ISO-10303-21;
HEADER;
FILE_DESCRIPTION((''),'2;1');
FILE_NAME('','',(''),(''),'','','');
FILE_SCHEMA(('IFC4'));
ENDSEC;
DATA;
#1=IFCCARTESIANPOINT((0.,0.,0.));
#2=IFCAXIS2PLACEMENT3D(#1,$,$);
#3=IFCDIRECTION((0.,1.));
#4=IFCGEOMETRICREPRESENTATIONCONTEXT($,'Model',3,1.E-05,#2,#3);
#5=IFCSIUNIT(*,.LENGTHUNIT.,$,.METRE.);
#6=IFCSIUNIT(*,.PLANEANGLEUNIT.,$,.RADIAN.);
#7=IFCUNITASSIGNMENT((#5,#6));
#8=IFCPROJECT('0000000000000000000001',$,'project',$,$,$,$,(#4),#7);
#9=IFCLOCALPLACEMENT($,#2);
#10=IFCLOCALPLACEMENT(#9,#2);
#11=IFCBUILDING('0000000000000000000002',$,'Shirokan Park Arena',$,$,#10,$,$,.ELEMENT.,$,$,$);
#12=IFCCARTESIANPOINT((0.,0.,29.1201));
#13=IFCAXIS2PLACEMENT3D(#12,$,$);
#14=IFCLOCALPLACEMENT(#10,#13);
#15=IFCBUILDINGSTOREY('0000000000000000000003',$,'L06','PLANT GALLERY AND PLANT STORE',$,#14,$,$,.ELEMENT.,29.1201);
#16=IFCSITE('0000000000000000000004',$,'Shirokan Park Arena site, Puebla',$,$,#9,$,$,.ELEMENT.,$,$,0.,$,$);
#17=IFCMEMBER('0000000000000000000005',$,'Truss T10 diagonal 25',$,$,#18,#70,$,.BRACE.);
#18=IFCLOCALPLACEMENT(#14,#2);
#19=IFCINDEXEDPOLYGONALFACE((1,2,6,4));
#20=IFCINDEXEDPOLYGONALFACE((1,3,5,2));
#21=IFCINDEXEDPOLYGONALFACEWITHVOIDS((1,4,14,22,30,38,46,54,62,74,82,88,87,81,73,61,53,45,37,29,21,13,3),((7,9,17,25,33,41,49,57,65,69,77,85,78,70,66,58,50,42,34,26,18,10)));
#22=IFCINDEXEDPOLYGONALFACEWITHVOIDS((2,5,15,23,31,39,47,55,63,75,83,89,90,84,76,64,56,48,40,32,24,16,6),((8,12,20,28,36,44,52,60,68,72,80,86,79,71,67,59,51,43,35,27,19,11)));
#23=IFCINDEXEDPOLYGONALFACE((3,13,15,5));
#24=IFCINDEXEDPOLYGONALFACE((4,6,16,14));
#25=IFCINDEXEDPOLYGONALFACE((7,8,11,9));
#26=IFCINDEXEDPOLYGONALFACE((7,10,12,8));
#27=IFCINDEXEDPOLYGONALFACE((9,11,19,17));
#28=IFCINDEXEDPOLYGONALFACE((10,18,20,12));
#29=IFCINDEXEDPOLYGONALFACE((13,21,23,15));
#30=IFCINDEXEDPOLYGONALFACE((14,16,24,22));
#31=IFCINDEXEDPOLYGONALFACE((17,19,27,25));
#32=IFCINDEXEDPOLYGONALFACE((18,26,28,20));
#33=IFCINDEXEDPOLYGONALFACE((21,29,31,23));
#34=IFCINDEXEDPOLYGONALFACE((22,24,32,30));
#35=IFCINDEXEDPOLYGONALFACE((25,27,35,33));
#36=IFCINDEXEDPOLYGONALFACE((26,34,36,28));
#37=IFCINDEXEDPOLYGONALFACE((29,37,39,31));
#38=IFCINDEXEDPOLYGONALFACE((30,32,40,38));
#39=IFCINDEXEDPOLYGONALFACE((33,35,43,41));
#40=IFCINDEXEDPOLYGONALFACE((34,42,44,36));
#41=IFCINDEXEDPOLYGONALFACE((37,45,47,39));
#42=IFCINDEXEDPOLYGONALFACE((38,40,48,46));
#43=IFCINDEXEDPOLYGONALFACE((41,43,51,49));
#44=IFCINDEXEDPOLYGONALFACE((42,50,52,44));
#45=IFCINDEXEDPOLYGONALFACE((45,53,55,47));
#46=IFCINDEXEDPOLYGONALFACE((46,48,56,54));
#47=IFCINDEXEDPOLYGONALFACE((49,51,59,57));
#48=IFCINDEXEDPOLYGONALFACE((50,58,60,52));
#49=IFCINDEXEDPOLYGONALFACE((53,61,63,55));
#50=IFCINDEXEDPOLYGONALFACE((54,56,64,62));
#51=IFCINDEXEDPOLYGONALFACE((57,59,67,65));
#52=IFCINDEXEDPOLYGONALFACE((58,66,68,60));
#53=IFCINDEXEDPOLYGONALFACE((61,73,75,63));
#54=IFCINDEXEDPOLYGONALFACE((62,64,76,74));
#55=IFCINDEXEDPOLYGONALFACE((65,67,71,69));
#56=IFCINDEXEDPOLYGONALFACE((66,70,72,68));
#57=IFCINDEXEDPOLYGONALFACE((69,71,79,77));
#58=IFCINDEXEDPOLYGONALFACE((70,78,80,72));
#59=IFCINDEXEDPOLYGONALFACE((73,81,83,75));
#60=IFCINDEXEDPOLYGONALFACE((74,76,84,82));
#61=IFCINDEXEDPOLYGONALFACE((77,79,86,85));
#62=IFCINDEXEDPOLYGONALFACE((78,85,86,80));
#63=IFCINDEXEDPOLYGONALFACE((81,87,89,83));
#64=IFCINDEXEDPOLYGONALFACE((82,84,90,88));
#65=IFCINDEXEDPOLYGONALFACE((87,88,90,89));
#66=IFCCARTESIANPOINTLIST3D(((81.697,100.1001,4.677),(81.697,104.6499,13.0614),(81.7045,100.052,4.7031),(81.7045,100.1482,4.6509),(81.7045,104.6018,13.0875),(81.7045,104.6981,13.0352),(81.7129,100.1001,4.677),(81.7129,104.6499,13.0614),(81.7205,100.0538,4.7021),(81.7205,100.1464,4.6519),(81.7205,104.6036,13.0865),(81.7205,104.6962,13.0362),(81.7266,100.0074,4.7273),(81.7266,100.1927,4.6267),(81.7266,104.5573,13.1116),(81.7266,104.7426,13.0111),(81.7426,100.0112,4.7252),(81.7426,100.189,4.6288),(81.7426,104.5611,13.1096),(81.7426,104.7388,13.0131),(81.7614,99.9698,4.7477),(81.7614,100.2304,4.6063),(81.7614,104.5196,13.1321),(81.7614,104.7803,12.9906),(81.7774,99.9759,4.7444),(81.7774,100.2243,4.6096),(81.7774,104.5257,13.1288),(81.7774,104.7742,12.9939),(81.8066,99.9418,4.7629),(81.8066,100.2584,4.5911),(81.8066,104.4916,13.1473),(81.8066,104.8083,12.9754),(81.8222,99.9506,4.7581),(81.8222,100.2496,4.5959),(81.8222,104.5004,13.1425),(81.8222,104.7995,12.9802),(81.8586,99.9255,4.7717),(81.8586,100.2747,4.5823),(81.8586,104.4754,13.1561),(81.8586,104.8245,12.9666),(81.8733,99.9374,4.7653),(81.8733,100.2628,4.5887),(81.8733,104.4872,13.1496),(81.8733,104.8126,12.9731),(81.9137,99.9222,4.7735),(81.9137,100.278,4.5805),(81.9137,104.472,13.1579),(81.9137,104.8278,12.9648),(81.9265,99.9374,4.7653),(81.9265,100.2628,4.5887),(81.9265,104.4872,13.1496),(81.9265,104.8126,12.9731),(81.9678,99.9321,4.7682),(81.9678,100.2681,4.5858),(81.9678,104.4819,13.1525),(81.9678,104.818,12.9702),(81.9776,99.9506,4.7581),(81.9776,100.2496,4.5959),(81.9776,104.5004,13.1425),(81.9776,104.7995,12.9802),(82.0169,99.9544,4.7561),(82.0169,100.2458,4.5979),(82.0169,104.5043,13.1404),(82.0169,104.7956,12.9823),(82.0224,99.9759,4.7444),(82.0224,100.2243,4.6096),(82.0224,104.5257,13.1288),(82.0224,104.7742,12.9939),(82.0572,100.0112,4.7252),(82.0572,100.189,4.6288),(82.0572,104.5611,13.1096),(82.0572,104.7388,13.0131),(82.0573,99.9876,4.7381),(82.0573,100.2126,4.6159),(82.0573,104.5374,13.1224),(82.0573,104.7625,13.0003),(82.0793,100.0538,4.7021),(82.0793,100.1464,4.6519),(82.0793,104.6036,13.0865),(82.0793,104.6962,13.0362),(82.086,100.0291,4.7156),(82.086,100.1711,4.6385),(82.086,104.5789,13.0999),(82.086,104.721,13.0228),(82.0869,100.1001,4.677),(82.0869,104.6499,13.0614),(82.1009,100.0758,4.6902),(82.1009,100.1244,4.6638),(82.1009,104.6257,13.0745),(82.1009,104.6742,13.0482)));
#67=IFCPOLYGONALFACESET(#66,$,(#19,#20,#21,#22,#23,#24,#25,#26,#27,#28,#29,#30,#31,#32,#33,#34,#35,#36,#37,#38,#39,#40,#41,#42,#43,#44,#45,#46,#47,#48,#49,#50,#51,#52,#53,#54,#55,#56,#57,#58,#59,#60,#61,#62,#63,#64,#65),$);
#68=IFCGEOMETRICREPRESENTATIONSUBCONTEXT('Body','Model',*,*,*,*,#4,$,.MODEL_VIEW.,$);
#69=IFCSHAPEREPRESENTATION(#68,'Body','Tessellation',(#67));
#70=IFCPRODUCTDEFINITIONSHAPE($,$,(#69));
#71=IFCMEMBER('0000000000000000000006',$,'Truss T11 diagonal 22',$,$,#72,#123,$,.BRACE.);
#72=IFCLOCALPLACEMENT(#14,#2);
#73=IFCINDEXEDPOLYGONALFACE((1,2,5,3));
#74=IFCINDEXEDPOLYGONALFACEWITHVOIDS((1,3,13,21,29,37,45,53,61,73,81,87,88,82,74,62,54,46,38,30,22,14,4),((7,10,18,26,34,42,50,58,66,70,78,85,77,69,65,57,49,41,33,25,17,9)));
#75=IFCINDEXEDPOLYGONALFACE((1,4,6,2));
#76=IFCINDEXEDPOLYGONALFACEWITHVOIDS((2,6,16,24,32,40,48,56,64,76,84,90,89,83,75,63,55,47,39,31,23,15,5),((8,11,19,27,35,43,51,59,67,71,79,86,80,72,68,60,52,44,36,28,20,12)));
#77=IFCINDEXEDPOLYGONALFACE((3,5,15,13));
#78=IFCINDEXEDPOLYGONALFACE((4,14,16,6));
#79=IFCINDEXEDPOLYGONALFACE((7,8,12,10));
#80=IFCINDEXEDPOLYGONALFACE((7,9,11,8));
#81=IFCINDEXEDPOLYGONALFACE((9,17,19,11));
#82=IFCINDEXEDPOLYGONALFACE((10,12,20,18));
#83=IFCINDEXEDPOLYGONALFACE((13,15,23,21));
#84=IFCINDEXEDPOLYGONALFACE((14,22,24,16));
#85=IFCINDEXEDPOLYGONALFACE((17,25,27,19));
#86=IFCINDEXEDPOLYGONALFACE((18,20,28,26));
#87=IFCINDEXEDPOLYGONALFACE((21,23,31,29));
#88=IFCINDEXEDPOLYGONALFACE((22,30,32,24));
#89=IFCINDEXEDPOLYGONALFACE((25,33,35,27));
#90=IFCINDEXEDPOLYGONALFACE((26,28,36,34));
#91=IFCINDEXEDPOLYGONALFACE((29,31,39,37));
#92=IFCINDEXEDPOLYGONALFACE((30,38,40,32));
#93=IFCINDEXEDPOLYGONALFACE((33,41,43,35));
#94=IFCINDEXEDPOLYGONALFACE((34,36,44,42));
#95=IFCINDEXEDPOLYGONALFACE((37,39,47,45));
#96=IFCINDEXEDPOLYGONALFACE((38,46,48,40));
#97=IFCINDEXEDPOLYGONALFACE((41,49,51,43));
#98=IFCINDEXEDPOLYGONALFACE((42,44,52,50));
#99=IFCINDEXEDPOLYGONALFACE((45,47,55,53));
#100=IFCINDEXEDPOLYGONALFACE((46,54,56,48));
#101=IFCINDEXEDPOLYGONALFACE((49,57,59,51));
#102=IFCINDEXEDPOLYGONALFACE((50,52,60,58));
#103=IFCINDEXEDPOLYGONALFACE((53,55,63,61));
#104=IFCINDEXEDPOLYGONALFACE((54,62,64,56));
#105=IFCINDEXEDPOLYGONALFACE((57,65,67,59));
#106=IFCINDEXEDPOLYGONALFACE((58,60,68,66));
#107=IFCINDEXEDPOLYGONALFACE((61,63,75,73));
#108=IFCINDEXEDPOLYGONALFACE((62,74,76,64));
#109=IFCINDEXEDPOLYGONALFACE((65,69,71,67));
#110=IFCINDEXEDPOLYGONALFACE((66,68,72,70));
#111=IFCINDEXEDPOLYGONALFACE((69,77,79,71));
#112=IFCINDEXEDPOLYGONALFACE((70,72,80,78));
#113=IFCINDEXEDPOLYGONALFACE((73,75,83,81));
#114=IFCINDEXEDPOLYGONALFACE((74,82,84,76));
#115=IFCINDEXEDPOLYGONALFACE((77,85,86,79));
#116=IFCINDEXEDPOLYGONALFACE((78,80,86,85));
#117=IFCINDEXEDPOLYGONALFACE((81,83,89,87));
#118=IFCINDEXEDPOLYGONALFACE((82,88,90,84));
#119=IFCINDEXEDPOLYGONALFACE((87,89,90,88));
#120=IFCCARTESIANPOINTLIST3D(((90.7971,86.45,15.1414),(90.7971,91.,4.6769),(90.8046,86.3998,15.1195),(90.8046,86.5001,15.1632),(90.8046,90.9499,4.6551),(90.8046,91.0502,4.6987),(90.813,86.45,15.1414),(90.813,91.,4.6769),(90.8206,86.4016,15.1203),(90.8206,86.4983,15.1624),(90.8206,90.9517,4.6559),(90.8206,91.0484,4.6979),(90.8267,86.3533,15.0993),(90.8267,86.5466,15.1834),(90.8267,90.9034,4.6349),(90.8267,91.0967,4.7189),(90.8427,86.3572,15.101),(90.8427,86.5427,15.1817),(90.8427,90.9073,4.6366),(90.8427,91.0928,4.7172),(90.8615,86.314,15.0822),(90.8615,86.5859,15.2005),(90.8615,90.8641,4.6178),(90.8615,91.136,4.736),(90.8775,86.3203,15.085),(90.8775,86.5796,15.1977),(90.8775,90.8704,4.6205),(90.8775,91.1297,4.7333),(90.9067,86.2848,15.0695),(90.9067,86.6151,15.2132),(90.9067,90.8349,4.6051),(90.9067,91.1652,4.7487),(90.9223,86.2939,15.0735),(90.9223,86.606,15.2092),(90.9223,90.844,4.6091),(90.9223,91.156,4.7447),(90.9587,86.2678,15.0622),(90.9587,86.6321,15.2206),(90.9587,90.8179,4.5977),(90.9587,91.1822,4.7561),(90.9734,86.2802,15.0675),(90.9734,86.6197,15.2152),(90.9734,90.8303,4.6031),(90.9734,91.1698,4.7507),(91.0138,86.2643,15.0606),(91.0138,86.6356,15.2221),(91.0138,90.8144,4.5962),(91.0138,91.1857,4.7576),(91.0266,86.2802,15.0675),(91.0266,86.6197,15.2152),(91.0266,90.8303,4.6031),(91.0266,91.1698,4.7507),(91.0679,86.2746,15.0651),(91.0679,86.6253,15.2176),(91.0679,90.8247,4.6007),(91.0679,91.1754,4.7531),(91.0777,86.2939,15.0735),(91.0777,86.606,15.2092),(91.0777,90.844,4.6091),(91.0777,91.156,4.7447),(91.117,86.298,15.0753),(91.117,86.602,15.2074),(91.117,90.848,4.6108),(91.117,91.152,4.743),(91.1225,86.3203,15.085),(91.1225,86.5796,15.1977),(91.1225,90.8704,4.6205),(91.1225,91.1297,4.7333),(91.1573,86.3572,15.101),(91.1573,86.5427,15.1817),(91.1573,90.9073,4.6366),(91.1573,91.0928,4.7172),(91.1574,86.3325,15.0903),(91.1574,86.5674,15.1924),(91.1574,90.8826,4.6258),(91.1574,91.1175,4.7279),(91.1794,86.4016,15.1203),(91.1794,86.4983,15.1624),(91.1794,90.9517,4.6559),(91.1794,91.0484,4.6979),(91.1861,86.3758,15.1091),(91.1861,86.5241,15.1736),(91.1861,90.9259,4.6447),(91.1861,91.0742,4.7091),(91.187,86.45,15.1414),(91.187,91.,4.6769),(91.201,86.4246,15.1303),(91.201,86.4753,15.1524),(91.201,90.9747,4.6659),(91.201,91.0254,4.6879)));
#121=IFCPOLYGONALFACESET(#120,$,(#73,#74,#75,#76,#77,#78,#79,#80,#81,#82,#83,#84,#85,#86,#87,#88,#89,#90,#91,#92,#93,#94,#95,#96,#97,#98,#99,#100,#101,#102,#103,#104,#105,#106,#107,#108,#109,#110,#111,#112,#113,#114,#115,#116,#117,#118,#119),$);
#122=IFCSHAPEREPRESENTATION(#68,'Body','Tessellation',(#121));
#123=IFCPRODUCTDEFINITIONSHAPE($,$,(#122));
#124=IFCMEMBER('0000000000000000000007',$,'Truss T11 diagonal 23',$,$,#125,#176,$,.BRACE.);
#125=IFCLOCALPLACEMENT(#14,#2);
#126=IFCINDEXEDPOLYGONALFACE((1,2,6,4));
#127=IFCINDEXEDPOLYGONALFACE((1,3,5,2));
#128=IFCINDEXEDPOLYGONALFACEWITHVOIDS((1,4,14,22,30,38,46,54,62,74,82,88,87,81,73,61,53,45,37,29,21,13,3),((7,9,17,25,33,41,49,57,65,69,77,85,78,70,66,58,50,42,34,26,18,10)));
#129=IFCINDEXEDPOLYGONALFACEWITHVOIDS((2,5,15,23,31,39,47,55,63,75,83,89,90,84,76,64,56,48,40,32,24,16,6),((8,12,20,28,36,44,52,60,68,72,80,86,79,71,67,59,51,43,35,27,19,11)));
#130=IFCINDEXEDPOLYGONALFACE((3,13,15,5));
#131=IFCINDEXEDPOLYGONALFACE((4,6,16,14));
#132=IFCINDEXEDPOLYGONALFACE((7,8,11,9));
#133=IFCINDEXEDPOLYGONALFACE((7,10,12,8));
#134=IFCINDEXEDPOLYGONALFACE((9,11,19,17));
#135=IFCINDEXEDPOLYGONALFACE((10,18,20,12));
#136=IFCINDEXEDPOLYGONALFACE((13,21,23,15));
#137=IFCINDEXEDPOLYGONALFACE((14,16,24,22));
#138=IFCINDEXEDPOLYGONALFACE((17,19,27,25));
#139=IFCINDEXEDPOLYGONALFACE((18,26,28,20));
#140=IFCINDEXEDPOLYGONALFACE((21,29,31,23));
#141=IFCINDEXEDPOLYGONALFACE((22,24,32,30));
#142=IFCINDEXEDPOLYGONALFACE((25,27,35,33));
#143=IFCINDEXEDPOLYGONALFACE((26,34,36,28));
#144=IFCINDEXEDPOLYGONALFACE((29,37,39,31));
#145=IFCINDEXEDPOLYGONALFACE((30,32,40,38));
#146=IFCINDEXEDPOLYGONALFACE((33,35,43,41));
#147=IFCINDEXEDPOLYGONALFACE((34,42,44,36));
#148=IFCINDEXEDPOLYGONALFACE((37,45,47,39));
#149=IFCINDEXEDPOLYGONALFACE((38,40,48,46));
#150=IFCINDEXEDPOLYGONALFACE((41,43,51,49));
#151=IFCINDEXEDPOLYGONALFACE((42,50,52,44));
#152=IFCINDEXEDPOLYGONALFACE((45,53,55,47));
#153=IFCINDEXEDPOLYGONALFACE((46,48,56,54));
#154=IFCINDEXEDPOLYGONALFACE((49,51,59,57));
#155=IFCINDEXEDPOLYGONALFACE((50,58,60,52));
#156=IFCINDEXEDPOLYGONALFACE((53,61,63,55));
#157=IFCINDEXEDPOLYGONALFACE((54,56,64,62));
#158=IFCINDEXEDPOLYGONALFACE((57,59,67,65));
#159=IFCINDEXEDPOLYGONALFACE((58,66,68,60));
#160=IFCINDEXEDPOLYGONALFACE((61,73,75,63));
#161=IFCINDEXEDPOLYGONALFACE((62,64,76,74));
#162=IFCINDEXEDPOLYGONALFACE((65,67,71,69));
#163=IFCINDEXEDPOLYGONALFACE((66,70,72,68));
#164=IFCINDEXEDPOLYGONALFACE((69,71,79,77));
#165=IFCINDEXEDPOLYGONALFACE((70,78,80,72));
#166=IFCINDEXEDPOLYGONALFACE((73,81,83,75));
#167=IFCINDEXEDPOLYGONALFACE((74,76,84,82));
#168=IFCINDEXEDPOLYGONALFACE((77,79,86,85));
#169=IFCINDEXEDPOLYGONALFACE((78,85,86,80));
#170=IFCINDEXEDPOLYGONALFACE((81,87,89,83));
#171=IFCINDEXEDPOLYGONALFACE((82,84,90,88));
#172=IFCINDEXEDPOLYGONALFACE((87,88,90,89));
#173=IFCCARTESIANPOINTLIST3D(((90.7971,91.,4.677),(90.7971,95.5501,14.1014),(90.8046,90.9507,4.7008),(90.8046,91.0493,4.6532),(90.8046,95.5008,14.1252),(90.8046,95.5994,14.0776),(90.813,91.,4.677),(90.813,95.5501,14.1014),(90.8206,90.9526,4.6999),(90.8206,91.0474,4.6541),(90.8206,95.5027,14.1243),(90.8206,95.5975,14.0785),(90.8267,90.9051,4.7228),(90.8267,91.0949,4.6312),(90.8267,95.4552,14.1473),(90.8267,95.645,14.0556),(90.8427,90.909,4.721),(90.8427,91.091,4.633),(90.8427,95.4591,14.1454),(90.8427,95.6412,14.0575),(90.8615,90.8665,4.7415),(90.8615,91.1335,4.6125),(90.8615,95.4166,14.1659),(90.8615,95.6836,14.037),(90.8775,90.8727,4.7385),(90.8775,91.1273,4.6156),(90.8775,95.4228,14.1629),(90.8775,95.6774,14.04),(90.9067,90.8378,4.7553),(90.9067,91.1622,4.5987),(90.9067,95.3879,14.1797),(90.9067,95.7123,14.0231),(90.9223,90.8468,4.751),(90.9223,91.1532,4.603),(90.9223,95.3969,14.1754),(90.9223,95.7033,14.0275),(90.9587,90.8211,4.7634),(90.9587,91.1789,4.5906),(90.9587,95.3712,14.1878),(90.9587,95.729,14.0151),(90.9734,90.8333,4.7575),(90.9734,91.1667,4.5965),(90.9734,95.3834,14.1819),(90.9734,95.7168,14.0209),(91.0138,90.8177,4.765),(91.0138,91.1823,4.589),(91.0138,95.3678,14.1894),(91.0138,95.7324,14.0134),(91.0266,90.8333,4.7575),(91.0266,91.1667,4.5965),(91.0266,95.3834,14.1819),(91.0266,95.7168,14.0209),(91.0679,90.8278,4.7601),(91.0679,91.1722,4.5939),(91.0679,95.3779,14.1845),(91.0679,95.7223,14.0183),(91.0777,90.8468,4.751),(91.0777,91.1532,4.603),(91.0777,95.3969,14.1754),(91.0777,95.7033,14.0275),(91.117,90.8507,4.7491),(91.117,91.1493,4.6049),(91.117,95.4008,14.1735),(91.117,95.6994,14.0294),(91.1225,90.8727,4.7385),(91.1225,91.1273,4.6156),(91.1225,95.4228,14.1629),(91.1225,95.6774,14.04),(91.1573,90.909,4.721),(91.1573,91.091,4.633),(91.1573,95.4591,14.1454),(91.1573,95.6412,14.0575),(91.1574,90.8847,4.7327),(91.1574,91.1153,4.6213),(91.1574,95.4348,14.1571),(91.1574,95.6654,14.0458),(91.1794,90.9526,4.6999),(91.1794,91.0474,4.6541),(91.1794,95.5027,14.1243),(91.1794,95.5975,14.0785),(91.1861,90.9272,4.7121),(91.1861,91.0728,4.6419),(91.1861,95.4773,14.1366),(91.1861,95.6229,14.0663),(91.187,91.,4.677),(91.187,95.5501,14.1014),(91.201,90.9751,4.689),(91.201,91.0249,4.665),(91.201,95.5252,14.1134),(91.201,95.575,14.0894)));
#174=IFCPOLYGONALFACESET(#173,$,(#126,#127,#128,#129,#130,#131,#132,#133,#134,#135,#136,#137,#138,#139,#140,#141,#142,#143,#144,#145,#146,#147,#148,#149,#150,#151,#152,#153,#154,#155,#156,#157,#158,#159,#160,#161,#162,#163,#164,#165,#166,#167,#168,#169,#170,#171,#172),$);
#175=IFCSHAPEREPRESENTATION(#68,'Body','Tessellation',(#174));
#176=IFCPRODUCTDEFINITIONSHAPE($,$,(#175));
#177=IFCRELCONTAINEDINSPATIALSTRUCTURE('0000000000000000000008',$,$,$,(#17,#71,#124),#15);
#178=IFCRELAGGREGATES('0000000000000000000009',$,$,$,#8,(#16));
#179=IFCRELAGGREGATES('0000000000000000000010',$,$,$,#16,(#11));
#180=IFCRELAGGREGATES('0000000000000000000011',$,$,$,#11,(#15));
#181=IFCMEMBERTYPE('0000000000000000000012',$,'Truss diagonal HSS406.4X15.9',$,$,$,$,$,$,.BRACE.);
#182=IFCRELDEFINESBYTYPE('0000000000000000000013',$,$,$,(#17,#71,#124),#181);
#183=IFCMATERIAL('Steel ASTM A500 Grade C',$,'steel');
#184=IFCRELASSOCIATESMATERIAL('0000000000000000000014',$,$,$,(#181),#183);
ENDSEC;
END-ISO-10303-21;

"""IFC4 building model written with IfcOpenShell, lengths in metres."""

from ifc_helpers import new_model, si_unit, direction, frame, origin, origin_2d, place, context, subcontext, project, spatial, hollow_circle, extrude, material, material_profile, profile_set, type_object, element, save


model = new_model("IFC4")

# Units and contexts
model_context = context("Model", 3, precision=1e-05, world=origin(), true_north=direction((0.0, 1.0)))
body_context = subcontext(model_context, "Body", "Model", "MODEL_VIEW")
ifc_project = project(units=[si_unit("LENGTHUNIT", "METRE"), si_unit("PLANEANGLEUNIT", "RADIAN")], contexts=[model_context])

# Site, building, storey
site_placement = place(None, origin())
site = spatial("IfcSite", under=ifc_project, at=site_placement, Name="Shirokan Park Arena site, Puebla", CompositionType="ELEMENT", RefElevation=0.0)
building_placement = place(site_placement, origin())
building = spatial("IfcBuilding", under=site, at=building_placement, Name="Shirokan Park Arena", CompositionType="ELEMENT")
storey_placement = place(building_placement, frame((0.0, 0.0, 29.1201)))
storey = spatial("IfcBuildingStorey", under=building, at=storey_placement, Name="L06", Description="PLANT GALLERY AND PLANT STORE", CompositionType="ELEMENT", Elevation=29.1201)

# Shared definitions
ifc_material_1 = material(Name="Steel ASTM A500 Grade C", Category="steel")

# Members
ifc_material_profile_1 = material_profile(ifc_material_1, hollow_circle(Radius=0.2029, WallThickness=0.0159, at=origin_2d()), Name="HSS406.4X15.9")
ifc_profile_set_1 = profile_set([ifc_material_profile_1], Name="Steel ASTM A500 Grade C")
member_type_1 = type_object("IfcMemberType", Name="Truss diagonal HSS406.4X15.9", PredefinedType="BRACE", material=ifc_profile_set_1)
member_1_placement = place(storey_placement, frame((81.8999, 100.1001, 4.677), z_axis=(0.0, 0.476957, 0.878926), x_axis=(-1.0, 0.0, 0.0)))
element("IfcMember", 1, at=member_1_placement, inside=storey, type_object=member_type_1, Name="Truss T10 diagonal 25", PredefinedType="BRACE", context=body_context, shape_type="SweptSolid", body=[
    extrude(hollow_circle(Radius=0.2029, WallThickness=0.0159, at=origin_2d()), origin(), (0.0, 0.0, 1.0), 9.5393),
])
member_2_placement = place(storey_placement, frame((91.0, 86.45, 15.1414), z_axis=(0.0, 0.39875, -0.91706), x_axis=(-1.0, 0.0, 0.0)))
element("IfcMember", 2, at=member_2_placement, inside=storey, type_object=member_type_1, Name="Truss T11 diagonal 22", PredefinedType="BRACE", context=body_context, shape_type="SweptSolid", body=[
    extrude(hollow_circle(Radius=0.2029, WallThickness=0.0159, at=origin_2d()), origin(), (0.0, 0.0, 1.0), 11.4109),
])
for number, where, z_axis, x_axis, name in (
    (3, (91.0, 91.0, 4.677), (0.0, 0.434778, 0.900537), (-1.0, 0.0, 0.0), "Truss T11 diagonal 23"),
):
    element("IfcMember", number, at=place(storey_placement, frame(where, z_axis=z_axis, x_axis=x_axis)), inside=storey, type_object=member_type_1, Name=name, PredefinedType="BRACE", context=body_context, shape_type="SweptSolid", body=[
        extrude(hollow_circle(Radius=0.2029, WallThickness=0.0159, at=origin_2d()), origin(), (0.0, 0.0, 1.0), 10.4653),
    ])

save(model, "model.ifc")
